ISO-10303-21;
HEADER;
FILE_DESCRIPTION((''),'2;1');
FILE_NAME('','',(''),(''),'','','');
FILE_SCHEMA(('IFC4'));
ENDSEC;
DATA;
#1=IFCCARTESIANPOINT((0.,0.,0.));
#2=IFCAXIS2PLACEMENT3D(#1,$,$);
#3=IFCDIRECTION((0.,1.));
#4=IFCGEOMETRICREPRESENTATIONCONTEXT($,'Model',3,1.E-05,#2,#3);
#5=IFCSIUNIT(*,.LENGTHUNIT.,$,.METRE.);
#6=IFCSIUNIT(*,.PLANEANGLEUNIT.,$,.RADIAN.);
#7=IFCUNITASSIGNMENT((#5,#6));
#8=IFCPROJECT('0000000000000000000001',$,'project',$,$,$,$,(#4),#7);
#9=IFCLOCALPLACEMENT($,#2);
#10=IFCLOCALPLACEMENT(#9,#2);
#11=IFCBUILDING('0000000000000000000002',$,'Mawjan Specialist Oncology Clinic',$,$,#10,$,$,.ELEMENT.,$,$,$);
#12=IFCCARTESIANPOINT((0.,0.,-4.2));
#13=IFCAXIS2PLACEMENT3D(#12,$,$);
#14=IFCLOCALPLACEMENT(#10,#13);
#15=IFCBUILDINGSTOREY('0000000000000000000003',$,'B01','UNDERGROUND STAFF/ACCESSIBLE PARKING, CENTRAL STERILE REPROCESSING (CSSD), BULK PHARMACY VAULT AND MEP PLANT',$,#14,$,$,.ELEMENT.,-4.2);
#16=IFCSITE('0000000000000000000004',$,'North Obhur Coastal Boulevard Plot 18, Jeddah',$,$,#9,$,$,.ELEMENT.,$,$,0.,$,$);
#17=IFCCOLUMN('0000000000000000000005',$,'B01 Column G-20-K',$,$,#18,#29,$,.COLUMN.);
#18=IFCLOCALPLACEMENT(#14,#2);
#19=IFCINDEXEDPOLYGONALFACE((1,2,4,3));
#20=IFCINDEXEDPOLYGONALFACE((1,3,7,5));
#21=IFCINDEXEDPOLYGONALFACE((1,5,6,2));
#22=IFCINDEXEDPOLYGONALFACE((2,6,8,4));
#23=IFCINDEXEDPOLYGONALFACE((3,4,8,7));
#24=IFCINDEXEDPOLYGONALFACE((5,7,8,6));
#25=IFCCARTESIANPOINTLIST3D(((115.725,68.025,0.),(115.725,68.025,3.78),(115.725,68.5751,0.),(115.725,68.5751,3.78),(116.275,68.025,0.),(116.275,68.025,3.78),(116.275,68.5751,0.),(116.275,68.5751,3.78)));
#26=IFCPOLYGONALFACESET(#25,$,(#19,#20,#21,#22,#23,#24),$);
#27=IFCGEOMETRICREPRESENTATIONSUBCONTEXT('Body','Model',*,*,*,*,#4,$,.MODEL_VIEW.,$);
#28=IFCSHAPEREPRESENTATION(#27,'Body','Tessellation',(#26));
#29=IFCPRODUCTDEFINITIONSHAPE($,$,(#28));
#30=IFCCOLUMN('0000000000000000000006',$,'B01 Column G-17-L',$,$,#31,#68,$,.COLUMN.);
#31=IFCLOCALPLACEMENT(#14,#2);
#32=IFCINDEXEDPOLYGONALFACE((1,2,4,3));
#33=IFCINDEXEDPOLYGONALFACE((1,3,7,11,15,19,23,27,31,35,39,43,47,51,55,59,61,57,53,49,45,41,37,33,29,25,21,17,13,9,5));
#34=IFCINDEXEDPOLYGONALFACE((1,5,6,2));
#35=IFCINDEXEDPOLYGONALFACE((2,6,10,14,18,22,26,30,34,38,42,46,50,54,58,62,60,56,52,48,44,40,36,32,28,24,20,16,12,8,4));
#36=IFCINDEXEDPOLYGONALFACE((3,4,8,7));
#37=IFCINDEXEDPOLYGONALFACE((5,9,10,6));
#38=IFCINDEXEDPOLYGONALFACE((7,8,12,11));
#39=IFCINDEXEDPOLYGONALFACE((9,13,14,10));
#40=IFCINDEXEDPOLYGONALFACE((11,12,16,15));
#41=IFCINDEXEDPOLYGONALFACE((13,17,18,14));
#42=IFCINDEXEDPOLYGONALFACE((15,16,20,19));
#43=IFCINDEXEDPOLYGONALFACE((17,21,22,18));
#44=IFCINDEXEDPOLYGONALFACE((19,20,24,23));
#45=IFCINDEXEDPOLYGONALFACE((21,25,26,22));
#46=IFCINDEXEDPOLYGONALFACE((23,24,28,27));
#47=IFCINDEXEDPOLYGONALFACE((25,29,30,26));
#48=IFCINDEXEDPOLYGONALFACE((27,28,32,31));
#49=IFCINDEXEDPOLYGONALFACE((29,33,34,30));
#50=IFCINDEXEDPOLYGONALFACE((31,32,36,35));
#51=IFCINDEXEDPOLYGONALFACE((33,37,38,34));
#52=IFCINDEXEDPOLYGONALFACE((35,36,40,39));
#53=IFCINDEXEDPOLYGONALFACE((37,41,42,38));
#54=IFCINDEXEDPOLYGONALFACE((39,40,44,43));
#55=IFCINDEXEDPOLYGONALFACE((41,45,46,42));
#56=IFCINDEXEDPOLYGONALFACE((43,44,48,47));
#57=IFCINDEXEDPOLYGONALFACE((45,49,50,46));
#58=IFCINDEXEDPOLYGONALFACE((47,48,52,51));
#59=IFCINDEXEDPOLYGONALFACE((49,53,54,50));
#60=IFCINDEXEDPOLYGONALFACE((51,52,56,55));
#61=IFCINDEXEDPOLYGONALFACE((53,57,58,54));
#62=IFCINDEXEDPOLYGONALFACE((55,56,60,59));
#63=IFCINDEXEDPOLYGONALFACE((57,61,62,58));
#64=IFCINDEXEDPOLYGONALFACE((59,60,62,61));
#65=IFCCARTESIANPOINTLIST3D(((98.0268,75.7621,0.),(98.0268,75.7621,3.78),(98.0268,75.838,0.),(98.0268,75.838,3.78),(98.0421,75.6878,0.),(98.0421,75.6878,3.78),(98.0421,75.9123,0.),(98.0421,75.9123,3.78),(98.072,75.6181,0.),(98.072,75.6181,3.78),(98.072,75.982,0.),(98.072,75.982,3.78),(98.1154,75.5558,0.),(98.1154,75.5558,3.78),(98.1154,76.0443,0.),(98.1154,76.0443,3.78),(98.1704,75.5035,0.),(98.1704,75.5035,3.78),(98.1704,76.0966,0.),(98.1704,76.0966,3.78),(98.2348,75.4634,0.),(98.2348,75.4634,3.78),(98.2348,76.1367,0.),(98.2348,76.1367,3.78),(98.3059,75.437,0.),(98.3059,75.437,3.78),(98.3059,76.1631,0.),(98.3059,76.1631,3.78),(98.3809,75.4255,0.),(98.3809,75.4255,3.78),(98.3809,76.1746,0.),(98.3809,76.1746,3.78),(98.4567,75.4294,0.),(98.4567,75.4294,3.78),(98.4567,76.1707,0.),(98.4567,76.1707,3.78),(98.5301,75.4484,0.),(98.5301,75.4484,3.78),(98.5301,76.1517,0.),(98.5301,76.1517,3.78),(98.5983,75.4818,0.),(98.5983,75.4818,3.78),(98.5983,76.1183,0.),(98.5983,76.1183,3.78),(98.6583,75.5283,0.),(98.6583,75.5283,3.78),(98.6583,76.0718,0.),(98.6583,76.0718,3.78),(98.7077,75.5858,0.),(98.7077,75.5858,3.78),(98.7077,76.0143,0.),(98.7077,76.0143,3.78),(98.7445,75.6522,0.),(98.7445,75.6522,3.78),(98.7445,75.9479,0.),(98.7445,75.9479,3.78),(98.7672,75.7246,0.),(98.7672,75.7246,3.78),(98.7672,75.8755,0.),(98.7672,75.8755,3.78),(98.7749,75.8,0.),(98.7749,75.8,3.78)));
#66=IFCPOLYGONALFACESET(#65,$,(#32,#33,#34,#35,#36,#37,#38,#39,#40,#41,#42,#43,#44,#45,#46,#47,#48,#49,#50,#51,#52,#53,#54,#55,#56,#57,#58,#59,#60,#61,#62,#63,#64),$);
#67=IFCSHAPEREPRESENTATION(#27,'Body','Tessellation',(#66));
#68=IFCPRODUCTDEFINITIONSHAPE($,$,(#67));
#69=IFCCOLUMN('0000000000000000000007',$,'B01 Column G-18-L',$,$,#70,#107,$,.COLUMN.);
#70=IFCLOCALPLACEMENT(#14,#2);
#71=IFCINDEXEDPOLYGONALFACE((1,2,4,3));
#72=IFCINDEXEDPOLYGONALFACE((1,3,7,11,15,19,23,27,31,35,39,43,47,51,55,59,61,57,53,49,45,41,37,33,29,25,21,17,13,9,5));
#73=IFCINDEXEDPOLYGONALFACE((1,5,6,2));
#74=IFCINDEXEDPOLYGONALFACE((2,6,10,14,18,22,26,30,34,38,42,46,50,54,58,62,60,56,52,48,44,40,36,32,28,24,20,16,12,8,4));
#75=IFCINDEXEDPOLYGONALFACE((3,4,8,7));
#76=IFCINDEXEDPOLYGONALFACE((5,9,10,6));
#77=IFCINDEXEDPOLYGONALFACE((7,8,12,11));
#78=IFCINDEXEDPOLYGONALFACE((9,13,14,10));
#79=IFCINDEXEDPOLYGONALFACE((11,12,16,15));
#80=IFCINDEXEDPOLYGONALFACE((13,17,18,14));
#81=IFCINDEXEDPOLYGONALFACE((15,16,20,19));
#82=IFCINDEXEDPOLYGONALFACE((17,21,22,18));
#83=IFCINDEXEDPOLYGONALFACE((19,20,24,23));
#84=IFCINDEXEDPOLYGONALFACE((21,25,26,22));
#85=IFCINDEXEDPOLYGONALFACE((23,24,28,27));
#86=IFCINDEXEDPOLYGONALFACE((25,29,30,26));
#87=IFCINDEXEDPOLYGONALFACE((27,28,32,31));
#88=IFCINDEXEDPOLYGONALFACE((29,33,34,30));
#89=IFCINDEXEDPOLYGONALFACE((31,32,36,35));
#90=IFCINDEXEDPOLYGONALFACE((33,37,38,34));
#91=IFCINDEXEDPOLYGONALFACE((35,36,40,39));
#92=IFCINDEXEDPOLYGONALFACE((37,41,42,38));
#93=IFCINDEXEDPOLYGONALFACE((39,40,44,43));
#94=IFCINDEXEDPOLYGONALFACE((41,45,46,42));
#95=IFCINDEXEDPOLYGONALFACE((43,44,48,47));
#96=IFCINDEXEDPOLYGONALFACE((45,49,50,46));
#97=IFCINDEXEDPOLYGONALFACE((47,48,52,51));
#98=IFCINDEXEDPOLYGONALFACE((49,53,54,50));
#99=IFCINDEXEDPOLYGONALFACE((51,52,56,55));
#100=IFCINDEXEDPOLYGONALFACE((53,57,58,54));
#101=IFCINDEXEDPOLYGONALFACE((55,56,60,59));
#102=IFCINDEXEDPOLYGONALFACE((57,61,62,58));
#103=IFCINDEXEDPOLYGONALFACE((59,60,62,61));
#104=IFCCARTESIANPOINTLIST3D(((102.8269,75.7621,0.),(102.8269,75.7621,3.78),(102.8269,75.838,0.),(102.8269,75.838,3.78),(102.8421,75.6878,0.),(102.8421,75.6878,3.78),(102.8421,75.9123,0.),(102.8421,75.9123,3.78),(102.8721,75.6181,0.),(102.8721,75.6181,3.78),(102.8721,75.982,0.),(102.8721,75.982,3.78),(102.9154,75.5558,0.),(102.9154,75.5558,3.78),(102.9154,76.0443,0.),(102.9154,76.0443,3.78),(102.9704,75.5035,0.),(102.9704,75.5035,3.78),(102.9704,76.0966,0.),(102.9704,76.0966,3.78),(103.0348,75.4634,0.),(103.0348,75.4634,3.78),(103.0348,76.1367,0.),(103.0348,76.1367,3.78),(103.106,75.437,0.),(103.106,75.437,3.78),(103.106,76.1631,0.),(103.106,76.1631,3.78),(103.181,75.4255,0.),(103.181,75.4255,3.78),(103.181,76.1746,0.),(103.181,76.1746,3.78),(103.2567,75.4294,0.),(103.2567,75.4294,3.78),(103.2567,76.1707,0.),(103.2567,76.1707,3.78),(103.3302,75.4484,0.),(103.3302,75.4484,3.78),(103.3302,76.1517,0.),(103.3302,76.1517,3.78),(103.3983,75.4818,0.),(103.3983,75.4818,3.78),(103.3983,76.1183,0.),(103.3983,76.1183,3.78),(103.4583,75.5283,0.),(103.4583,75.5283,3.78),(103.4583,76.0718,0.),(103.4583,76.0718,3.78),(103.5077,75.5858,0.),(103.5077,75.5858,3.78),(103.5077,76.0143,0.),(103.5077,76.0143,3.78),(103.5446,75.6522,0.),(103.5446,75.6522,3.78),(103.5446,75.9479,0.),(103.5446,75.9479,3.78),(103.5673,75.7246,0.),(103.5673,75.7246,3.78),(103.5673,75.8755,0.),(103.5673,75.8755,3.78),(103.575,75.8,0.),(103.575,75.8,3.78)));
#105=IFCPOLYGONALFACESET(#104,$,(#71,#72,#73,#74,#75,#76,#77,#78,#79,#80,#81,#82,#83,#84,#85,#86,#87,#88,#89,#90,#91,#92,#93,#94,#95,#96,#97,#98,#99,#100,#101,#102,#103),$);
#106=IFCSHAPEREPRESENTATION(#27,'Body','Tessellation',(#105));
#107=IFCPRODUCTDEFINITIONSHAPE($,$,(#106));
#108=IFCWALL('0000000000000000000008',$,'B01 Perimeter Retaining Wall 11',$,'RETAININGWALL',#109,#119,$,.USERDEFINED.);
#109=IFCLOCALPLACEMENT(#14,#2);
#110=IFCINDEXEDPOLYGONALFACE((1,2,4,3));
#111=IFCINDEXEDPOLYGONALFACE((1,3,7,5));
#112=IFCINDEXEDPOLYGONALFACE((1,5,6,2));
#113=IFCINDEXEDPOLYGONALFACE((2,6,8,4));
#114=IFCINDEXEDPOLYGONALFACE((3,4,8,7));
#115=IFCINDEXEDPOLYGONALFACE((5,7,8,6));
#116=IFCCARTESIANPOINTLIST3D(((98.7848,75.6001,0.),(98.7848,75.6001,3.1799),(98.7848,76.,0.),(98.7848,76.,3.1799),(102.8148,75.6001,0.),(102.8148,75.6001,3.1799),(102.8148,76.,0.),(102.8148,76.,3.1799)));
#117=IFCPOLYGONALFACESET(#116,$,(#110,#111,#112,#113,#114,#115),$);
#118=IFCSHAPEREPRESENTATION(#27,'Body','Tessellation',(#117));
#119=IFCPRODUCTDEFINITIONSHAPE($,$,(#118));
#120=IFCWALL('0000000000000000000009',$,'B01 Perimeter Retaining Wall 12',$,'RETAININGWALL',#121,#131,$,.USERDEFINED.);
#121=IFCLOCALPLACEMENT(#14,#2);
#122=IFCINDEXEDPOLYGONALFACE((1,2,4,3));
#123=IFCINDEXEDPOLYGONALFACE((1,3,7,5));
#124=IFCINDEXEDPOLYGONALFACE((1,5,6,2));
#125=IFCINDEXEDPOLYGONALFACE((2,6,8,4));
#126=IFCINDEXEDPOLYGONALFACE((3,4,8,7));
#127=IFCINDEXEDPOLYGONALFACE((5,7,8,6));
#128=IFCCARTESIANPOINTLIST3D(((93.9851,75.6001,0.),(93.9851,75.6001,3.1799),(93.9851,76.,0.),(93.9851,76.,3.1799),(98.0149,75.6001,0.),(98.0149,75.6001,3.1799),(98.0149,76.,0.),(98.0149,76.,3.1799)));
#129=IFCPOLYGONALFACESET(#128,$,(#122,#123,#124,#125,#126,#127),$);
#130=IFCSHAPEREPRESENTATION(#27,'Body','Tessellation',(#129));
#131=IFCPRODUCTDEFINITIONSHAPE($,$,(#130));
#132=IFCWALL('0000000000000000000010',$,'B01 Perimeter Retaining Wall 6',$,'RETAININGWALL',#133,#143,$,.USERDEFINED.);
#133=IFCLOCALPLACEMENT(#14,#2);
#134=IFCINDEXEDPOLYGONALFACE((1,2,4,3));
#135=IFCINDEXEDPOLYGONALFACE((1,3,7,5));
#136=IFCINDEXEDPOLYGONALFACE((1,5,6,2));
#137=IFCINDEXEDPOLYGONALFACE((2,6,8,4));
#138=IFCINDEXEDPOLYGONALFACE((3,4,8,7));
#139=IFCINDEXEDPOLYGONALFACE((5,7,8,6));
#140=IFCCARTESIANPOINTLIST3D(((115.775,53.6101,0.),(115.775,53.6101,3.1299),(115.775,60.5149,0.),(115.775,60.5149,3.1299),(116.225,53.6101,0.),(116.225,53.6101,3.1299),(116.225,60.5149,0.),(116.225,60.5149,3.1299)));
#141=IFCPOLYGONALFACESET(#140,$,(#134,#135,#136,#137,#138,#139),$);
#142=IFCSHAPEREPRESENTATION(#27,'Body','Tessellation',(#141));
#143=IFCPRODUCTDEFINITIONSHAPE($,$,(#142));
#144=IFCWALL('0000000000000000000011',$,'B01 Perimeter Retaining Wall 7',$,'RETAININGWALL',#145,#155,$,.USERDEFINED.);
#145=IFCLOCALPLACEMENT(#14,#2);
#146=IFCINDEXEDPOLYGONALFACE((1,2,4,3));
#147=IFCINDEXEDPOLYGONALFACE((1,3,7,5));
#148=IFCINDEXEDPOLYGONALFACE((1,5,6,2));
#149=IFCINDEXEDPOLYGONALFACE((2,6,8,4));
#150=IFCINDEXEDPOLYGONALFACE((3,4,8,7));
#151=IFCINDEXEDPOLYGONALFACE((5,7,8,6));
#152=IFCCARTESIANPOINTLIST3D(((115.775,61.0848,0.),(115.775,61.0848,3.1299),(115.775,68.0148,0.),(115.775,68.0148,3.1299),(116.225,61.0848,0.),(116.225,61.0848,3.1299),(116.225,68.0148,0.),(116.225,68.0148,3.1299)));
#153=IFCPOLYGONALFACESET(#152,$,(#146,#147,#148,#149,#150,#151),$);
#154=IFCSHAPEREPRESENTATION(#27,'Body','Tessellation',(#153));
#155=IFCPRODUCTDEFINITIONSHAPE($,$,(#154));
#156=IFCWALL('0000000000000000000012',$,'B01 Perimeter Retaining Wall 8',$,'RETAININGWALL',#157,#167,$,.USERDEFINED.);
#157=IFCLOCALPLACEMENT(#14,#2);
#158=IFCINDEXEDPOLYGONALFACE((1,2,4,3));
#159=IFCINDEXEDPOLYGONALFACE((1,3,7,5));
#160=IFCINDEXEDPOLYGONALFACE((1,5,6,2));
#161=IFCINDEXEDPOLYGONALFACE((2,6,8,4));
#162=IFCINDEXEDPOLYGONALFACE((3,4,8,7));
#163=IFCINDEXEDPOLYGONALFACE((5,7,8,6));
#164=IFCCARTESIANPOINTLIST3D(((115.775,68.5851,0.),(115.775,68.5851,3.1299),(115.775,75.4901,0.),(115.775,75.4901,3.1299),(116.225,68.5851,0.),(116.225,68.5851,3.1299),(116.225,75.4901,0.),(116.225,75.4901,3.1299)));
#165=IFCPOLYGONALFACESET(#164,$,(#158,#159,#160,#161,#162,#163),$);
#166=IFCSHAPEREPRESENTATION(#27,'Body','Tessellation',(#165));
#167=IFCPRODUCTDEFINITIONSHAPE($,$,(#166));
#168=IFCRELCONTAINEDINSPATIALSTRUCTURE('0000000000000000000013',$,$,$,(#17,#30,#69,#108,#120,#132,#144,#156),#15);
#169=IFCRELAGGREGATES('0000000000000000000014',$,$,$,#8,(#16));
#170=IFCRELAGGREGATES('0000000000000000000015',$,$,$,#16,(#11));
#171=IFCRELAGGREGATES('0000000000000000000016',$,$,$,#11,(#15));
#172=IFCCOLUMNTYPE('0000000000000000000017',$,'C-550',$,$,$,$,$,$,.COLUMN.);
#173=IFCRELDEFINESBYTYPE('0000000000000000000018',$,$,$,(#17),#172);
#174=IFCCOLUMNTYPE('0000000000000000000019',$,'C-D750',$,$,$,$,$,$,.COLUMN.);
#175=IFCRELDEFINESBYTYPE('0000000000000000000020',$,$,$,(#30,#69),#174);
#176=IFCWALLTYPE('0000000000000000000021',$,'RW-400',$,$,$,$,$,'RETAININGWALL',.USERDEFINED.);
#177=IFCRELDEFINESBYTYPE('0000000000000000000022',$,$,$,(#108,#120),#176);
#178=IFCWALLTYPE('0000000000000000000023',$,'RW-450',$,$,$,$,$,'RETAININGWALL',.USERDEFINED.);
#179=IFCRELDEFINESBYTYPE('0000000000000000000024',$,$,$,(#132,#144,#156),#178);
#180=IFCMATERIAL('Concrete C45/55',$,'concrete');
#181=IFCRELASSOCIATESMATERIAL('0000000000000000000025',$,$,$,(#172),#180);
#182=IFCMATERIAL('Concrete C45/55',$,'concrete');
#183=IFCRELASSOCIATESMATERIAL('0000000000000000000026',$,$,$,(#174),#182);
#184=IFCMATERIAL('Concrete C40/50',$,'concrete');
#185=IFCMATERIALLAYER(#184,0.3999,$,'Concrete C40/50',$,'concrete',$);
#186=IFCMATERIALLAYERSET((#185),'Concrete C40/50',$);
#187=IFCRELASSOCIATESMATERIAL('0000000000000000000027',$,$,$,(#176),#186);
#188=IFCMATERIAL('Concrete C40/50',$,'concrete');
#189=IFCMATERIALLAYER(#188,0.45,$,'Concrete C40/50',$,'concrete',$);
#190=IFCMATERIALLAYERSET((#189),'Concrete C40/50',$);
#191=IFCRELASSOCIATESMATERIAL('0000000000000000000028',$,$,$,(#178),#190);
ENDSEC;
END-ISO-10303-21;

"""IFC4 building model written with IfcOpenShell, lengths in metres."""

from ifc_helpers import new_model, si_unit, direction, frame, frame_2d, origin, origin_2d, place, context, subcontext, project, spatial, rectangle, circle, extrude, material, layer, layer_set, material_profile, profile_set, type_object, element, save


model = new_model("IFC4")

# Units and contexts
model_context = context("Model", 3, precision=1e-05, world=origin(), true_north=direction((0.0, 1.0)))
body_context = subcontext(model_context, "Body", "Model", "MODEL_VIEW")
ifc_project = project(units=[si_unit("LENGTHUNIT", "METRE"), si_unit("PLANEANGLEUNIT", "RADIAN")], contexts=[model_context])

# Site, building, storey
site_placement = place(None, origin())
site = spatial("IfcSite", under=ifc_project, at=site_placement, Name="North Obhur Coastal Boulevard Plot 18, Jeddah", CompositionType="ELEMENT", RefElevation=0.0)
building_placement = place(site_placement, origin())
building = spatial("IfcBuilding", under=site, at=building_placement, Name="Mawjan Specialist Oncology Clinic", CompositionType="ELEMENT")
storey_placement = place(building_placement, frame((0.0, 0.0, -4.2)))
storey = spatial("IfcBuildingStorey", under=building, at=storey_placement, Name="B01", Description="UNDERGROUND STAFF/ACCESSIBLE PARKING, CENTRAL STERILE REPROCESSING (CSSD), BULK PHARMACY VAULT AND MEP PLANT", CompositionType="ELEMENT", Elevation=-4.2)

# Columns
ifc_material_1 = material(Name="Concrete C45/55", Category="concrete")
ifc_material_profile_1 = material_profile(ifc_material_1, rectangle(XDim=0.55, YDim=0.55, at=origin_2d()), Name="RC COL 550x550", Category="concrete")
ifc_profile_set_1 = profile_set([ifc_material_profile_1], Name="Concrete C45/55")
column_type_1 = type_object("IfcColumnType", Name="C-550", PredefinedType="COLUMN", material=ifc_profile_set_1)
for number, where, z_axis, x_axis, name in (
    (1, (116.0, 68.3, 0.0), (0.0, 0.0, 1.0), (1.0, 0.0, 0.0), "B01 Column G-20-K"),
):
    element("IfcColumn", number, at=place(storey_placement, frame(where, z_axis=z_axis, x_axis=x_axis)), inside=storey, type_object=column_type_1, Name=name, PredefinedType="COLUMN", context=body_context, shape_type="SweptSolid", body=[
        extrude(rectangle(XDim=0.55, YDim=0.55, at=origin_2d()), origin(), (0.0, 0.0, 1.0), 3.78),
    ])
ifc_material_2 = material(Name="Concrete C45/55", Category="concrete")
ifc_material_profile_2 = material_profile(ifc_material_2, circle(Radius=0.375, at=origin_2d()), Name="RC COL D750", Category="concrete")
ifc_profile_set_2 = profile_set([ifc_material_profile_2], Name="Concrete C45/55")
column_type_2 = type_object("IfcColumnType", Name="C-D750", PredefinedType="COLUMN", material=ifc_profile_set_2)
for number, where, z_axis, x_axis, name in (
    (2, (98.3999, 75.8, 0.0), (0.0, 0.0, 1.0), (1.0, 0.0, 0.0), "B01 Column G-17-L"),
    (3, (103.2, 75.8, 0.0), (0.0, 0.0, 1.0), (1.0, 0.0, 0.0), "B01 Column G-18-L"),
):
    element("IfcColumn", number, at=place(storey_placement, frame(where, z_axis=z_axis, x_axis=x_axis)), inside=storey, type_object=column_type_2, Name=name, PredefinedType="COLUMN", context=body_context, shape_type="SweptSolid", body=[
        extrude(circle(Radius=0.375, at=origin_2d()), origin(), (0.0, 0.0, 1.0), 3.78),
    ])

# Walls
ifc_material_3 = material(Name="Concrete C40/50", Category="concrete")
ifc_layer_1 = layer(ifc_material_3, 0.3999, Name="Concrete C40/50", Category="concrete")
ifc_layer_set_1 = layer_set([ifc_layer_1], Name="Concrete C40/50")
wall_type_1 = type_object("IfcWallType", Name="RW-400", ElementType="RETAININGWALL", PredefinedType="USERDEFINED", material=ifc_layer_set_1)
wall_1_placement = place(storey_placement, frame((102.8149, 75.8, 0.0), z_axis=(0.0, 0.0, 1.0), x_axis=(-1.0, 0.0, 0.0)))
element("IfcWall", 4, at=wall_1_placement, inside=storey, type_object=wall_type_1, Name="B01 Perimeter Retaining Wall 11", ObjectType="RETAININGWALL", PredefinedType="USERDEFINED", context=body_context, shape_type="SweptSolid", body=[
    extrude(rectangle(XDim=4.03, YDim=0.3999, at=frame_2d((2.0151, 0.0))), origin(), (0.0, 0.0, 1.0), 3.1799),
])
wall_2_placement = place(storey_placement, frame((98.0149, 75.8, 0.0), z_axis=(0.0, 0.0, 1.0), x_axis=(-1.0, 0.0, 0.0)))
element("IfcWall", 5, at=wall_2_placement, inside=storey, type_object=wall_type_1, Name="B01 Perimeter Retaining Wall 12", ObjectType="RETAININGWALL", PredefinedType="USERDEFINED", context=body_context, shape_type="SweptSolid", body=[
    extrude(rectangle(XDim=4.0298, YDim=0.3999, at=frame_2d((2.0149, 0.0))), origin(), (0.0, 0.0, 1.0), 3.1799),
])
ifc_material_4 = material(Name="Concrete C40/50", Category="concrete")
ifc_layer_2 = layer(ifc_material_4, 0.45, Name="Concrete C40/50", Category="concrete")
ifc_layer_set_2 = layer_set([ifc_layer_2], Name="Concrete C40/50")
wall_type_2 = type_object("IfcWallType", Name="RW-450", ElementType="RETAININGWALL", PredefinedType="USERDEFINED", material=ifc_layer_set_2)
wall_3_placement = place(storey_placement, frame((116.0, 53.6101, 0.0), z_axis=(0.0, 0.0, 1.0), x_axis=(0.0, 1.0, 0.0)))
element("IfcWall", 6, at=wall_3_placement, inside=storey, type_object=wall_type_2, Name="B01 Perimeter Retaining Wall 6", ObjectType="RETAININGWALL", PredefinedType="USERDEFINED", context=body_context, shape_type="SweptSolid", body=[
    extrude(rectangle(XDim=6.9048, YDim=0.45, at=frame_2d((3.4524, 0.0))), origin(), (0.0, 0.0, 1.0), 3.1299),
])
wall_4_placement = place(storey_placement, frame((116.0, 61.085, 0.0), z_axis=(0.0, 0.0, 1.0), x_axis=(0.0, 1.0, 0.0)))
element("IfcWall", 7, at=wall_4_placement, inside=storey, type_object=wall_type_2, Name="B01 Perimeter Retaining Wall 7", ObjectType="RETAININGWALL", PredefinedType="USERDEFINED", context=body_context, shape_type="SweptSolid", body=[
    extrude(rectangle(XDim=6.9299, YDim=0.45, at=frame_2d((3.4648, 0.0))), origin(), (0.0, 0.0, 1.0), 3.1299),
])
wall_5_placement = place(storey_placement, frame((116.0, 68.585, 0.0), z_axis=(0.0, 0.0, 1.0), x_axis=(0.0, 1.0, 0.0)))
element("IfcWall", 8, at=wall_5_placement, inside=storey, type_object=wall_type_2, Name="B01 Perimeter Retaining Wall 8", ObjectType="RETAININGWALL", PredefinedType="USERDEFINED", context=body_context, shape_type="SweptSolid", body=[
    extrude(rectangle(XDim=6.905, YDim=0.45, at=frame_2d((3.4526, 0.0))), origin(), (0.0, 0.0, 1.0), 3.1299),
])

save(model, "model.ifc")
